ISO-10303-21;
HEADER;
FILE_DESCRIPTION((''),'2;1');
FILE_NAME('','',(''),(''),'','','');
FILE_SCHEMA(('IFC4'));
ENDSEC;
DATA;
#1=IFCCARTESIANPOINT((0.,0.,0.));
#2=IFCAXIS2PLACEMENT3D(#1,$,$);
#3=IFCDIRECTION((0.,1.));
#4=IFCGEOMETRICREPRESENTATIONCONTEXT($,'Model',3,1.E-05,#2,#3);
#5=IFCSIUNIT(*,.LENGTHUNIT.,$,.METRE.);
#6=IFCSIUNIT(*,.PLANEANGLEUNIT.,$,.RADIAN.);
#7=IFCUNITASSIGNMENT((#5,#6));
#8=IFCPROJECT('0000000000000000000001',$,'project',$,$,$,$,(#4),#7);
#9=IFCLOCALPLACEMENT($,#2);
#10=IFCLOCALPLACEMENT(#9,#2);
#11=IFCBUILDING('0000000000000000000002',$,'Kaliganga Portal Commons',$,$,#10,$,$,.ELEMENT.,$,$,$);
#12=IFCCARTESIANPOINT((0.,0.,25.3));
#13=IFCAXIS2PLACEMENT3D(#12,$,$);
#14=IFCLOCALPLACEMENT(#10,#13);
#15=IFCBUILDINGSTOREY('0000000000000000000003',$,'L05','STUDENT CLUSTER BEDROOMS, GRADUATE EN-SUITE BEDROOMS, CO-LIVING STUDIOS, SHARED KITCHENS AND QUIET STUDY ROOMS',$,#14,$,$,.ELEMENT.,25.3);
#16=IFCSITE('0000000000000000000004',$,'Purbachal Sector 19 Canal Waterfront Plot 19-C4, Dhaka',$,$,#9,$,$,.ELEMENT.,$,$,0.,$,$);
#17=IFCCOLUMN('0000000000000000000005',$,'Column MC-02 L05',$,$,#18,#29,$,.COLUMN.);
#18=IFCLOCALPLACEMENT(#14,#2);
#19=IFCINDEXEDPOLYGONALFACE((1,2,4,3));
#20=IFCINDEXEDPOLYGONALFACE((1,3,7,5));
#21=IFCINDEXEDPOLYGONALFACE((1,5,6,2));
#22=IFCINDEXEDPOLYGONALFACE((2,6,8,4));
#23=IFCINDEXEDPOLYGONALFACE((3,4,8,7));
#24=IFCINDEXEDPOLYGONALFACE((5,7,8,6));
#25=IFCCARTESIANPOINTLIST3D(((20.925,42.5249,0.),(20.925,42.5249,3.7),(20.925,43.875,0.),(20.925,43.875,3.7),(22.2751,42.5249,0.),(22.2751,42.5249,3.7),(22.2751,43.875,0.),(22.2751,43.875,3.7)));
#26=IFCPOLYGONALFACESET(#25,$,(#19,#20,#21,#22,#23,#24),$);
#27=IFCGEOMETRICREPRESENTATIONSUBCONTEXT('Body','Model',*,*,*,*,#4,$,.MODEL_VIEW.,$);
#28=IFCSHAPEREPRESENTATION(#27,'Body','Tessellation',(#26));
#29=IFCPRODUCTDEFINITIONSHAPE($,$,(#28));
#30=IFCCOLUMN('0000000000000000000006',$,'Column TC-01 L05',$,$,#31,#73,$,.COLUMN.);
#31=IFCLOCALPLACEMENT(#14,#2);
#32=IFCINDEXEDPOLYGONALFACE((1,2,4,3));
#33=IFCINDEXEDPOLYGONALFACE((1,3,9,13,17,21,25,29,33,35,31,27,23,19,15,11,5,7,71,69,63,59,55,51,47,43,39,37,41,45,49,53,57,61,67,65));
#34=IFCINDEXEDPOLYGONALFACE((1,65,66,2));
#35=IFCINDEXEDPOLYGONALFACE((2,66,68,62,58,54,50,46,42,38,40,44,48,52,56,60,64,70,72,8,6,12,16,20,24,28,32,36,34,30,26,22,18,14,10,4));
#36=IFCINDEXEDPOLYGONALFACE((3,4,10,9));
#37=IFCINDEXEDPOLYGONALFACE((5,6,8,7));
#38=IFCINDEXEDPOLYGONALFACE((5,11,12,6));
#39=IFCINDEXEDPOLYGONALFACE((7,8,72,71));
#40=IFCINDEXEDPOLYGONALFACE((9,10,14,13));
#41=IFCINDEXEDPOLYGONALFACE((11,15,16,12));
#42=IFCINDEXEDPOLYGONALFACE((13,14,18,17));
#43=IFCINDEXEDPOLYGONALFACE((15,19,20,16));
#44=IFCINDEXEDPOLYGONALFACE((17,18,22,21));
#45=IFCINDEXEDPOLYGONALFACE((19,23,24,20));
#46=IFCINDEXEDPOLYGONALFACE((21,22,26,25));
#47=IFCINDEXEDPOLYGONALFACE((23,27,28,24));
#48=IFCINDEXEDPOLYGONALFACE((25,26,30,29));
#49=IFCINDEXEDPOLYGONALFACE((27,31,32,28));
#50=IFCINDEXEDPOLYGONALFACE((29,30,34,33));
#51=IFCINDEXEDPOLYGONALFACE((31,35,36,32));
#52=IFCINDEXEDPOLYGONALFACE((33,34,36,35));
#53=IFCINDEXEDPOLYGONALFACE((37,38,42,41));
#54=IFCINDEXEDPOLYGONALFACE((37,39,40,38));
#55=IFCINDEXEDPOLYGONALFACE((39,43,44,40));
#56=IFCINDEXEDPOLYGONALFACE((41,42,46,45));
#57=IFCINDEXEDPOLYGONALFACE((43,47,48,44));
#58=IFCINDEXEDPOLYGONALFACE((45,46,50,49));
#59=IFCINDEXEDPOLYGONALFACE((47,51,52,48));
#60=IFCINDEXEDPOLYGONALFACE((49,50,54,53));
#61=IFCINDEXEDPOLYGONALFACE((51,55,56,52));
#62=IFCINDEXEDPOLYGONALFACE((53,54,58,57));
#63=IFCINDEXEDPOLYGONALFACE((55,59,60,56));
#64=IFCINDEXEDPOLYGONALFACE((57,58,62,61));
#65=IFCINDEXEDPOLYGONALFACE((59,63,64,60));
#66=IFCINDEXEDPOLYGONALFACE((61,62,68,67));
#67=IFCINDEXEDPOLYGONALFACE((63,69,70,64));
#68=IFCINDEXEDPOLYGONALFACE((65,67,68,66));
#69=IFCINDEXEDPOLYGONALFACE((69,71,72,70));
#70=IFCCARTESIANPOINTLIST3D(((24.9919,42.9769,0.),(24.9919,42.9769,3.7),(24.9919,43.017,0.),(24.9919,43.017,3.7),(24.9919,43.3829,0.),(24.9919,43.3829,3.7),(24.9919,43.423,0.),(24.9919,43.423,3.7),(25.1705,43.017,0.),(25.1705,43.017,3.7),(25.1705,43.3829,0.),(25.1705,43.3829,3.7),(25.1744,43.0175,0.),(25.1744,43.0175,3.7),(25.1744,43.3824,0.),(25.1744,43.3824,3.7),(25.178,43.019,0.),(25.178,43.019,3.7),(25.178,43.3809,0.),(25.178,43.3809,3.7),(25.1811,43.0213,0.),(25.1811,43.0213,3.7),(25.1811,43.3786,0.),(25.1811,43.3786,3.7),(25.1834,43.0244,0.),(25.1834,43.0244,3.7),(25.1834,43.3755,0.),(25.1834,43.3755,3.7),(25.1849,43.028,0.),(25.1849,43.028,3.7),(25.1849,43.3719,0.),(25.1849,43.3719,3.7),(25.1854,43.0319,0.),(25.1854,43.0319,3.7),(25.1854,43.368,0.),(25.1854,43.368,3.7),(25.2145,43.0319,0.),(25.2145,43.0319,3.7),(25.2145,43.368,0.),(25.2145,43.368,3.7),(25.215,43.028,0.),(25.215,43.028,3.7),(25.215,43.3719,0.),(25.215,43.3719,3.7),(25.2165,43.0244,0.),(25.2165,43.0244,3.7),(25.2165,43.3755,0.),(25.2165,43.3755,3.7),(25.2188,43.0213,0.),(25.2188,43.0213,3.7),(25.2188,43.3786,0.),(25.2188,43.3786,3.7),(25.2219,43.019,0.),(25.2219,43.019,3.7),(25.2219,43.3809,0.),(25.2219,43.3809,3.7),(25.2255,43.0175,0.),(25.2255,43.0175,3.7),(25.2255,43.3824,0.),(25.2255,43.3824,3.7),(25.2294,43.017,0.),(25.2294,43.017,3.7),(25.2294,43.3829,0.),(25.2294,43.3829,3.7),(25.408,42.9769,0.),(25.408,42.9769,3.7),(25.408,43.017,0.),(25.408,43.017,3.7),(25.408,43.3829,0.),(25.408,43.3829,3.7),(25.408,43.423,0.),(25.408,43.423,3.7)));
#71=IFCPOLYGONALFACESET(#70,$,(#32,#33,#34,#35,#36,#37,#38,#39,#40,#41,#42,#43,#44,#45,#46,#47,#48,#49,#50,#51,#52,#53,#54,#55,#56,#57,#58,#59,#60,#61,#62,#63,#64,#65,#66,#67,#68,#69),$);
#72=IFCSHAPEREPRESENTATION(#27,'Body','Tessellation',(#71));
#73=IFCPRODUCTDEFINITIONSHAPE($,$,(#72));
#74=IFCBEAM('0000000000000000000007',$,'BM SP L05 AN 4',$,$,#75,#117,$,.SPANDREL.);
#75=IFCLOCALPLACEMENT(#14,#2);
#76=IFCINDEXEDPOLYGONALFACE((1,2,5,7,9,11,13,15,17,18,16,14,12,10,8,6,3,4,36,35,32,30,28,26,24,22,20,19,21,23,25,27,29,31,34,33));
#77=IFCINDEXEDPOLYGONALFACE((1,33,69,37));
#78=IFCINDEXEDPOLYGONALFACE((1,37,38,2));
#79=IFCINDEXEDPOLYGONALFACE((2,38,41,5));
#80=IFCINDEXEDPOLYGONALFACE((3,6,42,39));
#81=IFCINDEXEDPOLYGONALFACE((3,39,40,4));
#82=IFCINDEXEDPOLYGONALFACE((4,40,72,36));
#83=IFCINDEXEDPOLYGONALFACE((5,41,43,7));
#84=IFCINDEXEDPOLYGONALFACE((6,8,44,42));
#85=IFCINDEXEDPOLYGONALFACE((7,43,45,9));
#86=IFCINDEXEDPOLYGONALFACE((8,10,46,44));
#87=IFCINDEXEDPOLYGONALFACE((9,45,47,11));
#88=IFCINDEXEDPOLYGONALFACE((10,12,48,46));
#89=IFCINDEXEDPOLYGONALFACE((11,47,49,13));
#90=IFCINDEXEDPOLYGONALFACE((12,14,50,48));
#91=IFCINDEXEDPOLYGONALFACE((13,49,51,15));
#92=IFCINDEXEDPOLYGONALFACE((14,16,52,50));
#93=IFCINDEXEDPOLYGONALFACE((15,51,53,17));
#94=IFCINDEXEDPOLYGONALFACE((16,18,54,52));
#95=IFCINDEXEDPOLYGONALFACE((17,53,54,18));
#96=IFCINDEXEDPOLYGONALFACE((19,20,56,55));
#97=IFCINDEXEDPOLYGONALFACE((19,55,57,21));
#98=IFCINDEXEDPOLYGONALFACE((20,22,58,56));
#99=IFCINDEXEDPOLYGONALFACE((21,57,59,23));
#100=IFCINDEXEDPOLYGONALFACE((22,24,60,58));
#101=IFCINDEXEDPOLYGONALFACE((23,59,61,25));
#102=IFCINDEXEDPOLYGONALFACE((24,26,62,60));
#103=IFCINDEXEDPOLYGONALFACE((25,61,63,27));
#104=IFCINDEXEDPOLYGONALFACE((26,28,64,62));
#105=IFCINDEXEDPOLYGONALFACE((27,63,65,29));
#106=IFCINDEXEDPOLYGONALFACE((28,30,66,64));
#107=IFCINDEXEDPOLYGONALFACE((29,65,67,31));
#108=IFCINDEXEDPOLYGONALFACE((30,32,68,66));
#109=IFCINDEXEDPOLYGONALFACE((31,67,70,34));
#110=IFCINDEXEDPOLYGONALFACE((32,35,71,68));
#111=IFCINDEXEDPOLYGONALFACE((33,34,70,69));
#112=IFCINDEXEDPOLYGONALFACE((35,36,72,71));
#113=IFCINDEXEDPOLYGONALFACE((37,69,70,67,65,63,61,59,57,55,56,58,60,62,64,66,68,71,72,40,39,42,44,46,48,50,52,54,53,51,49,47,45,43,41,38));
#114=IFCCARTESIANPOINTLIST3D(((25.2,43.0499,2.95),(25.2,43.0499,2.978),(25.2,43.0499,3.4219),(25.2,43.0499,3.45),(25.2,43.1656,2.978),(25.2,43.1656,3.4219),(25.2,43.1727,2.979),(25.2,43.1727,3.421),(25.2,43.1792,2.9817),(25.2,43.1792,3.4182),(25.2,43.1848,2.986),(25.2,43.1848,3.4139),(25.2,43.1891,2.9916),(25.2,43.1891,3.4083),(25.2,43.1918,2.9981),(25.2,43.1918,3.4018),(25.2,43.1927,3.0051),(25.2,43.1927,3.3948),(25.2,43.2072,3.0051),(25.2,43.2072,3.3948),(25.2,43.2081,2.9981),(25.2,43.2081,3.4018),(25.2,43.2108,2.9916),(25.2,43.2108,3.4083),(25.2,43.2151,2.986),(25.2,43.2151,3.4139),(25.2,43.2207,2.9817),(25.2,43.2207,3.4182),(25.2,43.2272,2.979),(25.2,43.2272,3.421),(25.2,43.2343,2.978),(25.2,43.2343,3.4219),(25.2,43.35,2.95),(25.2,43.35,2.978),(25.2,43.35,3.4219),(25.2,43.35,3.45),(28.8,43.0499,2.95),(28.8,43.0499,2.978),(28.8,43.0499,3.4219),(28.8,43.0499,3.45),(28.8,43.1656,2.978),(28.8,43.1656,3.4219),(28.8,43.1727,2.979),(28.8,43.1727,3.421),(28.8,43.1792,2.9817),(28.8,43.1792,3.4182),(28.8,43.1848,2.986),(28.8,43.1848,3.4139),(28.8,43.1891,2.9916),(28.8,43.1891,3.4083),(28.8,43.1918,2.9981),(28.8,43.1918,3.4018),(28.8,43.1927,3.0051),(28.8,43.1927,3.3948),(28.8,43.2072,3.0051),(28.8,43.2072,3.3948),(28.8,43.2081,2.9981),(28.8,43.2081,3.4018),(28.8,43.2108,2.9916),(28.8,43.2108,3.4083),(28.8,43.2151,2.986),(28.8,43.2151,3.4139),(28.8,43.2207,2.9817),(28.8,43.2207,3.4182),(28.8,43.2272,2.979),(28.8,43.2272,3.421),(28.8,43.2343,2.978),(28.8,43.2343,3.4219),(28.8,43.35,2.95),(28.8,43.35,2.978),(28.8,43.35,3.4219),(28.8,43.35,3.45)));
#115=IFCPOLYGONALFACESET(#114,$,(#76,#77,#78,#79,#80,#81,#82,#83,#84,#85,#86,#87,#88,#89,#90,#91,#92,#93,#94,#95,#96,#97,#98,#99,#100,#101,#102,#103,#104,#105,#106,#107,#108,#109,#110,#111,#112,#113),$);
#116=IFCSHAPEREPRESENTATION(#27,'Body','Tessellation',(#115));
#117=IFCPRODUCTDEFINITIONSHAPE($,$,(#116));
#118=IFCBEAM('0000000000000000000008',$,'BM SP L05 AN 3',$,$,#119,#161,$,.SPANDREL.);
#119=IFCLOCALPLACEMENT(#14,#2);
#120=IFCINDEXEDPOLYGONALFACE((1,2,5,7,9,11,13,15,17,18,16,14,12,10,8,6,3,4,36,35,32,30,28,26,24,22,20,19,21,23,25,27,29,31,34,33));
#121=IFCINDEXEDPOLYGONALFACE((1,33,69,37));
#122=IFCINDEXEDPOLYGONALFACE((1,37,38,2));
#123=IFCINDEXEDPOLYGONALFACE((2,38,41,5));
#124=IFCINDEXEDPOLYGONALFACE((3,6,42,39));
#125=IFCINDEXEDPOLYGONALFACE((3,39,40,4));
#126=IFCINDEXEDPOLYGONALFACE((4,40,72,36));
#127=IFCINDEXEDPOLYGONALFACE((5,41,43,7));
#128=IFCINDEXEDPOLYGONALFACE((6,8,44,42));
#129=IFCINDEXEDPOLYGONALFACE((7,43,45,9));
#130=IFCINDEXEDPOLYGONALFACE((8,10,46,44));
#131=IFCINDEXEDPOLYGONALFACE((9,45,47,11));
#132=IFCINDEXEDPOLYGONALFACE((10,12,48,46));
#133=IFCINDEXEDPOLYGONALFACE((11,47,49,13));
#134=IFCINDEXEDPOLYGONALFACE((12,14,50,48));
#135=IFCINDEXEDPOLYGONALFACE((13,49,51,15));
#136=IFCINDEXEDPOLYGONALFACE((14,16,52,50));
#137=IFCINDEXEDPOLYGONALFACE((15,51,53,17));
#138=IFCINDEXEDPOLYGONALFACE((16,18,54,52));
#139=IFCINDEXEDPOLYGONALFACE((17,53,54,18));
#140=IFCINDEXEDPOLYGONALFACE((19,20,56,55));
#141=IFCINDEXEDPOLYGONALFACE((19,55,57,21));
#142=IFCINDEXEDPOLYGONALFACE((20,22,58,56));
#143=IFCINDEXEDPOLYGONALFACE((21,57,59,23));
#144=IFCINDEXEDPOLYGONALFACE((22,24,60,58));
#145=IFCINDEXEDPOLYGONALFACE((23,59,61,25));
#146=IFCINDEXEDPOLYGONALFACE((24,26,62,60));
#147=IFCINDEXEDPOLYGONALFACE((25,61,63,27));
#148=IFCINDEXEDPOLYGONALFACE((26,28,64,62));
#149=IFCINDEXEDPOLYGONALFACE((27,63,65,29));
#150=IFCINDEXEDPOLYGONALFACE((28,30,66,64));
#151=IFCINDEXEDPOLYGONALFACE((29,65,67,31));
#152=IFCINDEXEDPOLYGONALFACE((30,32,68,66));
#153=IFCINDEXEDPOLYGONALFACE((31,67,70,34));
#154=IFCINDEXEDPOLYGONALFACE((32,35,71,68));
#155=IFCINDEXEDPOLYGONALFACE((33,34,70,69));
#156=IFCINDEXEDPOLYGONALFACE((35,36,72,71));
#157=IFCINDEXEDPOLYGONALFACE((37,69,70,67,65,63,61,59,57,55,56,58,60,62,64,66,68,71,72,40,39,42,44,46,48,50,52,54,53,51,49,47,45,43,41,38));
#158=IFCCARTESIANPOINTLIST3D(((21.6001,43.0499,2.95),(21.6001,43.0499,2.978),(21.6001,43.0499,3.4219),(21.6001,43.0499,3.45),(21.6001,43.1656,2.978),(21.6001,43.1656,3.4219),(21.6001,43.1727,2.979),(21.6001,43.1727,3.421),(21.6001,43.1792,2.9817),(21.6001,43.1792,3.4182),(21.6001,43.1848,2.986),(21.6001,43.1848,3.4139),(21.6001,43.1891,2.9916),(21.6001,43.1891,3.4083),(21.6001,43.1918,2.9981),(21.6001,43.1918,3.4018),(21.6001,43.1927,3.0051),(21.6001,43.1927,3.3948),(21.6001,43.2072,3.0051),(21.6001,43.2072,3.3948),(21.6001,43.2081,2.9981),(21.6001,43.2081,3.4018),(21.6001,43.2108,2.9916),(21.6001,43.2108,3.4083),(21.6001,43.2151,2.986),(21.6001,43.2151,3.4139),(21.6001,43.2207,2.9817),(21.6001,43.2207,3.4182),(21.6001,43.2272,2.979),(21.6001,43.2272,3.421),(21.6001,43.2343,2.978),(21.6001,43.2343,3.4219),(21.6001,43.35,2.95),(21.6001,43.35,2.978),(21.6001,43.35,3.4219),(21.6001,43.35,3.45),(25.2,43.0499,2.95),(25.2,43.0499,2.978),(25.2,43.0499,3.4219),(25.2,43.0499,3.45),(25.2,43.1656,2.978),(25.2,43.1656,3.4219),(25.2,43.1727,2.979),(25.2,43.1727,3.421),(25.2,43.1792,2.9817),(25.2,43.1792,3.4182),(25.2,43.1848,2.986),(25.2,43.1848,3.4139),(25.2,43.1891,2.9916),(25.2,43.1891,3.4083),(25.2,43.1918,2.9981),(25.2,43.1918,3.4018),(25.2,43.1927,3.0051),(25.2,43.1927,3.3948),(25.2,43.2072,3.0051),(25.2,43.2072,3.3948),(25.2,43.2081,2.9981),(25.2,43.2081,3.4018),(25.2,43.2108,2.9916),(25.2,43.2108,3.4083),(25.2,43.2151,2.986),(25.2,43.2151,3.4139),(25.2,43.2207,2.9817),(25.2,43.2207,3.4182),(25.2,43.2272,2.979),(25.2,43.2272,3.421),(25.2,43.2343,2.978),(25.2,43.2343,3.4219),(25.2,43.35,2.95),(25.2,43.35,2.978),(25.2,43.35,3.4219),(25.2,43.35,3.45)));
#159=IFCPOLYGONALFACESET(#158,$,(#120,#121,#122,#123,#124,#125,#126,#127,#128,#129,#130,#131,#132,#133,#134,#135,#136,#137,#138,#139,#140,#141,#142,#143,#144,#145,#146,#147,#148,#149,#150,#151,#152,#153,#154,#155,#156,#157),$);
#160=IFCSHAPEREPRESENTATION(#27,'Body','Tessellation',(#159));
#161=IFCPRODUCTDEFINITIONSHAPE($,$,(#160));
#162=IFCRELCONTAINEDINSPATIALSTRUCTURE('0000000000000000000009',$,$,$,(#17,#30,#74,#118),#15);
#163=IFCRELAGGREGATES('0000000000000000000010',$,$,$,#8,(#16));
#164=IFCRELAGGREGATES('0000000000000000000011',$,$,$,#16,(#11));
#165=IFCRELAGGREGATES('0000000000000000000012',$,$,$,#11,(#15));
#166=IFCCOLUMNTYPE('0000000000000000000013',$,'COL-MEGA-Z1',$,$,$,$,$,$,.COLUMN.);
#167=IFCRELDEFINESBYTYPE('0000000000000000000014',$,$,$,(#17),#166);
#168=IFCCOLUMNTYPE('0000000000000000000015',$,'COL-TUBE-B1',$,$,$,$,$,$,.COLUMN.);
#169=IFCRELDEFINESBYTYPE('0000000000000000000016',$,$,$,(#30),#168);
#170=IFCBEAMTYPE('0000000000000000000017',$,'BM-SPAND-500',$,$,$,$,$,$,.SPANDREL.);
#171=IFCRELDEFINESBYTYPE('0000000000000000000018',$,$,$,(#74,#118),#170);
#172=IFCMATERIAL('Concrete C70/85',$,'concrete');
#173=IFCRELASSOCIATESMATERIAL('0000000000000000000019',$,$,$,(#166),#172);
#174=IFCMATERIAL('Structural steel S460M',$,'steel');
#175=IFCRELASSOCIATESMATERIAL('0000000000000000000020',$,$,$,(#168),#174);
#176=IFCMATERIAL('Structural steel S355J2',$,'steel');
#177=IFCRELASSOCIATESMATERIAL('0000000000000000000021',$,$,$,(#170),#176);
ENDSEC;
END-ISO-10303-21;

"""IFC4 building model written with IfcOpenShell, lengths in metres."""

from ifc_helpers import new_model, si_unit, direction, frame, origin, origin_2d, place, context, subcontext, project, spatial, rectangle, i_section, extrude, source, transform, mapped, material, material_profile, profile_set, type_object, element, save


model = new_model("IFC4")

# Units and contexts
model_context = context("Model", 3, precision=1e-05, world=origin(), true_north=direction((0.0, 1.0)))
body_context = subcontext(model_context, "Body", "Model", "MODEL_VIEW")
ifc_project = project(units=[si_unit("LENGTHUNIT", "METRE"), si_unit("PLANEANGLEUNIT", "RADIAN")], contexts=[model_context])

# Site, building, storey
site_placement = place(None, origin())
site = spatial("IfcSite", under=ifc_project, at=site_placement, Name="Purbachal Sector 19 Canal Waterfront Plot 19-C4, Dhaka", CompositionType="ELEMENT", RefElevation=0.0)
building_placement = place(site_placement, origin())
building = spatial("IfcBuilding", under=site, at=building_placement, Name="Kaliganga Portal Commons", CompositionType="ELEMENT")
storey_placement = place(building_placement, frame((0.0, 0.0, 25.3)))
storey = spatial("IfcBuildingStorey", under=building, at=storey_placement, Name="L05", Description="STUDENT CLUSTER BEDROOMS, GRADUATE EN-SUITE BEDROOMS, CO-LIVING STUDIOS, SHARED KITCHENS AND QUIET STUDY ROOMS", CompositionType="ELEMENT", Elevation=25.3)

# Columns
ifc_material_1 = material(Name="Concrete C70/85", Category="concrete")
ifc_material_profile_1 = material_profile(ifc_material_1, rectangle(XDim=1.3501, YDim=1.3501, at=origin_2d()), Name="RC 1350x1350")
ifc_profile_set_1 = profile_set([ifc_material_profile_1], Name="Concrete C70/85")
column_type_1 = type_object("IfcColumnType", Name="COL-MEGA-Z1", PredefinedType="COLUMN", material=ifc_profile_set_1)
shared_shape_1 = source(origin(), body_context, "Body", "SweptSolid", [
    extrude(rectangle(XDim=1.3501, YDim=1.3501, at=origin_2d()), origin(), (0.0, 0.0, 1.0), 3.7),
])
column_1_placement = place(storey_placement, frame((21.6001, 43.2, 0.0), z_axis=(0.0, 0.0, 1.0), x_axis=(1.0, 0.0, 0.0)))
element("IfcColumn", 1, at=column_1_placement, inside=storey, type_object=column_type_1, Name="Column MC-02 L05", PredefinedType="COLUMN", context=body_context, shape_type="MappedRepresentation", body=[
    mapped(shared_shape_1, transform((0.0, 0.0, 0.0), x_axis=(1.0, 0.0, 0.0), y_axis=(0.0, 1.0, 0.0), z_axis=(0.0, 0.0, 1.0), scale=1.0)),
])
ifc_material_2 = material(Name="Structural steel S460M", Category="steel")
ifc_material_profile_2 = material_profile(ifc_material_2, i_section(OverallWidth=0.416, OverallDepth=0.446, WebThickness=0.0291, FlangeThickness=0.04, FilletRadius=0.0149, at=origin_2d()), Name="HD 400x509")
ifc_profile_set_2 = profile_set([ifc_material_profile_2], Name="Structural steel S460M wide-flange")
column_type_2 = type_object("IfcColumnType", Name="COL-TUBE-B1", PredefinedType="COLUMN", material=ifc_profile_set_2)
shared_shape_2 = source(origin(), body_context, "Body", "SweptSolid", [
    extrude(i_section(OverallWidth=0.416, OverallDepth=0.446, WebThickness=0.0291, FlangeThickness=0.04, FilletRadius=0.0149, at=origin_2d()), origin(), (0.0, 0.0, 1.0), 3.7),
])
column_2_placement = place(storey_placement, frame((25.2, 43.2, 0.0), z_axis=(0.0, 0.0, 1.0), x_axis=(1.0, 0.0, 0.0)))
element("IfcColumn", 2, at=column_2_placement, inside=storey, type_object=column_type_2, Name="Column TC-01 L05", PredefinedType="COLUMN", context=body_context, shape_type="MappedRepresentation", body=[
    mapped(shared_shape_2, transform((0.0, 0.0, 0.0), x_axis=(1.0, 0.0, 0.0), y_axis=(0.0, 1.0, 0.0), z_axis=(0.0, 0.0, 1.0), scale=1.0)),
])

# Beams
ifc_material_3 = material(Name="Structural steel S355J2", Category="steel")
ifc_material_profile_3 = material_profile(ifc_material_3, i_section(OverallWidth=0.3, OverallDepth=0.5, WebThickness=0.0144, FlangeThickness=0.0281, FilletRadius=0.0271, at=origin_2d()), Name="HE 500 B")
ifc_profile_set_3 = profile_set([ifc_material_profile_3], Name="Structural steel S355J2 wide-flange")
beam_type_1 = type_object("IfcBeamType", Name="BM-SPAND-500", PredefinedType="SPANDREL", material=ifc_profile_set_3)
shared_shape_3 = source(origin(), body_context, "Body", "SweptSolid", [
    extrude(i_section(OverallWidth=0.3, OverallDepth=0.5, WebThickness=0.0144, FlangeThickness=0.0281, FilletRadius=0.0271, at=origin_2d()), origin(), (0.0, 0.0, 1.0), 3.6001),
])
beam_1_placement = place(storey_placement, frame((25.2, 43.2, 3.2), z_axis=(1.0, 0.0, 0.0), x_axis=(0.0, 1.0, 0.0)))
element("IfcBeam", 3, at=beam_1_placement, inside=storey, type_object=beam_type_1, Name="BM SP L05 AN 4", PredefinedType="SPANDREL", context=body_context, shape_type="MappedRepresentation", body=[
    mapped(shared_shape_3, transform((0.0, 0.0, 0.0), x_axis=(1.0, 0.0, 0.0), y_axis=(0.0, 1.0, 0.0), z_axis=(0.0, 0.0, 1.0), scale=1.0)),
])
shared_shape_4 = source(origin(), body_context, "Body", "SweptSolid", [
    extrude(i_section(OverallWidth=0.3, OverallDepth=0.5, WebThickness=0.0144, FlangeThickness=0.0281, FilletRadius=0.0271, at=origin_2d()), origin(), (0.0, 0.0, 1.0), 3.5999),
])
beam_2_placement = place(storey_placement, frame((21.6001, 43.2, 3.2), z_axis=(1.0, 0.0, 0.0), x_axis=(0.0, 1.0, 0.0)))
element("IfcBeam", 4, at=beam_2_placement, inside=storey, type_object=beam_type_1, Name="BM SP L05 AN 3", PredefinedType="SPANDREL", context=body_context, shape_type="MappedRepresentation", body=[
    mapped(shared_shape_4, transform((0.0, 0.0, 0.0), x_axis=(1.0, 0.0, 0.0), y_axis=(0.0, 1.0, 0.0), z_axis=(0.0, 0.0, 1.0), scale=1.0)),
])

save(model, "model.ifc")
